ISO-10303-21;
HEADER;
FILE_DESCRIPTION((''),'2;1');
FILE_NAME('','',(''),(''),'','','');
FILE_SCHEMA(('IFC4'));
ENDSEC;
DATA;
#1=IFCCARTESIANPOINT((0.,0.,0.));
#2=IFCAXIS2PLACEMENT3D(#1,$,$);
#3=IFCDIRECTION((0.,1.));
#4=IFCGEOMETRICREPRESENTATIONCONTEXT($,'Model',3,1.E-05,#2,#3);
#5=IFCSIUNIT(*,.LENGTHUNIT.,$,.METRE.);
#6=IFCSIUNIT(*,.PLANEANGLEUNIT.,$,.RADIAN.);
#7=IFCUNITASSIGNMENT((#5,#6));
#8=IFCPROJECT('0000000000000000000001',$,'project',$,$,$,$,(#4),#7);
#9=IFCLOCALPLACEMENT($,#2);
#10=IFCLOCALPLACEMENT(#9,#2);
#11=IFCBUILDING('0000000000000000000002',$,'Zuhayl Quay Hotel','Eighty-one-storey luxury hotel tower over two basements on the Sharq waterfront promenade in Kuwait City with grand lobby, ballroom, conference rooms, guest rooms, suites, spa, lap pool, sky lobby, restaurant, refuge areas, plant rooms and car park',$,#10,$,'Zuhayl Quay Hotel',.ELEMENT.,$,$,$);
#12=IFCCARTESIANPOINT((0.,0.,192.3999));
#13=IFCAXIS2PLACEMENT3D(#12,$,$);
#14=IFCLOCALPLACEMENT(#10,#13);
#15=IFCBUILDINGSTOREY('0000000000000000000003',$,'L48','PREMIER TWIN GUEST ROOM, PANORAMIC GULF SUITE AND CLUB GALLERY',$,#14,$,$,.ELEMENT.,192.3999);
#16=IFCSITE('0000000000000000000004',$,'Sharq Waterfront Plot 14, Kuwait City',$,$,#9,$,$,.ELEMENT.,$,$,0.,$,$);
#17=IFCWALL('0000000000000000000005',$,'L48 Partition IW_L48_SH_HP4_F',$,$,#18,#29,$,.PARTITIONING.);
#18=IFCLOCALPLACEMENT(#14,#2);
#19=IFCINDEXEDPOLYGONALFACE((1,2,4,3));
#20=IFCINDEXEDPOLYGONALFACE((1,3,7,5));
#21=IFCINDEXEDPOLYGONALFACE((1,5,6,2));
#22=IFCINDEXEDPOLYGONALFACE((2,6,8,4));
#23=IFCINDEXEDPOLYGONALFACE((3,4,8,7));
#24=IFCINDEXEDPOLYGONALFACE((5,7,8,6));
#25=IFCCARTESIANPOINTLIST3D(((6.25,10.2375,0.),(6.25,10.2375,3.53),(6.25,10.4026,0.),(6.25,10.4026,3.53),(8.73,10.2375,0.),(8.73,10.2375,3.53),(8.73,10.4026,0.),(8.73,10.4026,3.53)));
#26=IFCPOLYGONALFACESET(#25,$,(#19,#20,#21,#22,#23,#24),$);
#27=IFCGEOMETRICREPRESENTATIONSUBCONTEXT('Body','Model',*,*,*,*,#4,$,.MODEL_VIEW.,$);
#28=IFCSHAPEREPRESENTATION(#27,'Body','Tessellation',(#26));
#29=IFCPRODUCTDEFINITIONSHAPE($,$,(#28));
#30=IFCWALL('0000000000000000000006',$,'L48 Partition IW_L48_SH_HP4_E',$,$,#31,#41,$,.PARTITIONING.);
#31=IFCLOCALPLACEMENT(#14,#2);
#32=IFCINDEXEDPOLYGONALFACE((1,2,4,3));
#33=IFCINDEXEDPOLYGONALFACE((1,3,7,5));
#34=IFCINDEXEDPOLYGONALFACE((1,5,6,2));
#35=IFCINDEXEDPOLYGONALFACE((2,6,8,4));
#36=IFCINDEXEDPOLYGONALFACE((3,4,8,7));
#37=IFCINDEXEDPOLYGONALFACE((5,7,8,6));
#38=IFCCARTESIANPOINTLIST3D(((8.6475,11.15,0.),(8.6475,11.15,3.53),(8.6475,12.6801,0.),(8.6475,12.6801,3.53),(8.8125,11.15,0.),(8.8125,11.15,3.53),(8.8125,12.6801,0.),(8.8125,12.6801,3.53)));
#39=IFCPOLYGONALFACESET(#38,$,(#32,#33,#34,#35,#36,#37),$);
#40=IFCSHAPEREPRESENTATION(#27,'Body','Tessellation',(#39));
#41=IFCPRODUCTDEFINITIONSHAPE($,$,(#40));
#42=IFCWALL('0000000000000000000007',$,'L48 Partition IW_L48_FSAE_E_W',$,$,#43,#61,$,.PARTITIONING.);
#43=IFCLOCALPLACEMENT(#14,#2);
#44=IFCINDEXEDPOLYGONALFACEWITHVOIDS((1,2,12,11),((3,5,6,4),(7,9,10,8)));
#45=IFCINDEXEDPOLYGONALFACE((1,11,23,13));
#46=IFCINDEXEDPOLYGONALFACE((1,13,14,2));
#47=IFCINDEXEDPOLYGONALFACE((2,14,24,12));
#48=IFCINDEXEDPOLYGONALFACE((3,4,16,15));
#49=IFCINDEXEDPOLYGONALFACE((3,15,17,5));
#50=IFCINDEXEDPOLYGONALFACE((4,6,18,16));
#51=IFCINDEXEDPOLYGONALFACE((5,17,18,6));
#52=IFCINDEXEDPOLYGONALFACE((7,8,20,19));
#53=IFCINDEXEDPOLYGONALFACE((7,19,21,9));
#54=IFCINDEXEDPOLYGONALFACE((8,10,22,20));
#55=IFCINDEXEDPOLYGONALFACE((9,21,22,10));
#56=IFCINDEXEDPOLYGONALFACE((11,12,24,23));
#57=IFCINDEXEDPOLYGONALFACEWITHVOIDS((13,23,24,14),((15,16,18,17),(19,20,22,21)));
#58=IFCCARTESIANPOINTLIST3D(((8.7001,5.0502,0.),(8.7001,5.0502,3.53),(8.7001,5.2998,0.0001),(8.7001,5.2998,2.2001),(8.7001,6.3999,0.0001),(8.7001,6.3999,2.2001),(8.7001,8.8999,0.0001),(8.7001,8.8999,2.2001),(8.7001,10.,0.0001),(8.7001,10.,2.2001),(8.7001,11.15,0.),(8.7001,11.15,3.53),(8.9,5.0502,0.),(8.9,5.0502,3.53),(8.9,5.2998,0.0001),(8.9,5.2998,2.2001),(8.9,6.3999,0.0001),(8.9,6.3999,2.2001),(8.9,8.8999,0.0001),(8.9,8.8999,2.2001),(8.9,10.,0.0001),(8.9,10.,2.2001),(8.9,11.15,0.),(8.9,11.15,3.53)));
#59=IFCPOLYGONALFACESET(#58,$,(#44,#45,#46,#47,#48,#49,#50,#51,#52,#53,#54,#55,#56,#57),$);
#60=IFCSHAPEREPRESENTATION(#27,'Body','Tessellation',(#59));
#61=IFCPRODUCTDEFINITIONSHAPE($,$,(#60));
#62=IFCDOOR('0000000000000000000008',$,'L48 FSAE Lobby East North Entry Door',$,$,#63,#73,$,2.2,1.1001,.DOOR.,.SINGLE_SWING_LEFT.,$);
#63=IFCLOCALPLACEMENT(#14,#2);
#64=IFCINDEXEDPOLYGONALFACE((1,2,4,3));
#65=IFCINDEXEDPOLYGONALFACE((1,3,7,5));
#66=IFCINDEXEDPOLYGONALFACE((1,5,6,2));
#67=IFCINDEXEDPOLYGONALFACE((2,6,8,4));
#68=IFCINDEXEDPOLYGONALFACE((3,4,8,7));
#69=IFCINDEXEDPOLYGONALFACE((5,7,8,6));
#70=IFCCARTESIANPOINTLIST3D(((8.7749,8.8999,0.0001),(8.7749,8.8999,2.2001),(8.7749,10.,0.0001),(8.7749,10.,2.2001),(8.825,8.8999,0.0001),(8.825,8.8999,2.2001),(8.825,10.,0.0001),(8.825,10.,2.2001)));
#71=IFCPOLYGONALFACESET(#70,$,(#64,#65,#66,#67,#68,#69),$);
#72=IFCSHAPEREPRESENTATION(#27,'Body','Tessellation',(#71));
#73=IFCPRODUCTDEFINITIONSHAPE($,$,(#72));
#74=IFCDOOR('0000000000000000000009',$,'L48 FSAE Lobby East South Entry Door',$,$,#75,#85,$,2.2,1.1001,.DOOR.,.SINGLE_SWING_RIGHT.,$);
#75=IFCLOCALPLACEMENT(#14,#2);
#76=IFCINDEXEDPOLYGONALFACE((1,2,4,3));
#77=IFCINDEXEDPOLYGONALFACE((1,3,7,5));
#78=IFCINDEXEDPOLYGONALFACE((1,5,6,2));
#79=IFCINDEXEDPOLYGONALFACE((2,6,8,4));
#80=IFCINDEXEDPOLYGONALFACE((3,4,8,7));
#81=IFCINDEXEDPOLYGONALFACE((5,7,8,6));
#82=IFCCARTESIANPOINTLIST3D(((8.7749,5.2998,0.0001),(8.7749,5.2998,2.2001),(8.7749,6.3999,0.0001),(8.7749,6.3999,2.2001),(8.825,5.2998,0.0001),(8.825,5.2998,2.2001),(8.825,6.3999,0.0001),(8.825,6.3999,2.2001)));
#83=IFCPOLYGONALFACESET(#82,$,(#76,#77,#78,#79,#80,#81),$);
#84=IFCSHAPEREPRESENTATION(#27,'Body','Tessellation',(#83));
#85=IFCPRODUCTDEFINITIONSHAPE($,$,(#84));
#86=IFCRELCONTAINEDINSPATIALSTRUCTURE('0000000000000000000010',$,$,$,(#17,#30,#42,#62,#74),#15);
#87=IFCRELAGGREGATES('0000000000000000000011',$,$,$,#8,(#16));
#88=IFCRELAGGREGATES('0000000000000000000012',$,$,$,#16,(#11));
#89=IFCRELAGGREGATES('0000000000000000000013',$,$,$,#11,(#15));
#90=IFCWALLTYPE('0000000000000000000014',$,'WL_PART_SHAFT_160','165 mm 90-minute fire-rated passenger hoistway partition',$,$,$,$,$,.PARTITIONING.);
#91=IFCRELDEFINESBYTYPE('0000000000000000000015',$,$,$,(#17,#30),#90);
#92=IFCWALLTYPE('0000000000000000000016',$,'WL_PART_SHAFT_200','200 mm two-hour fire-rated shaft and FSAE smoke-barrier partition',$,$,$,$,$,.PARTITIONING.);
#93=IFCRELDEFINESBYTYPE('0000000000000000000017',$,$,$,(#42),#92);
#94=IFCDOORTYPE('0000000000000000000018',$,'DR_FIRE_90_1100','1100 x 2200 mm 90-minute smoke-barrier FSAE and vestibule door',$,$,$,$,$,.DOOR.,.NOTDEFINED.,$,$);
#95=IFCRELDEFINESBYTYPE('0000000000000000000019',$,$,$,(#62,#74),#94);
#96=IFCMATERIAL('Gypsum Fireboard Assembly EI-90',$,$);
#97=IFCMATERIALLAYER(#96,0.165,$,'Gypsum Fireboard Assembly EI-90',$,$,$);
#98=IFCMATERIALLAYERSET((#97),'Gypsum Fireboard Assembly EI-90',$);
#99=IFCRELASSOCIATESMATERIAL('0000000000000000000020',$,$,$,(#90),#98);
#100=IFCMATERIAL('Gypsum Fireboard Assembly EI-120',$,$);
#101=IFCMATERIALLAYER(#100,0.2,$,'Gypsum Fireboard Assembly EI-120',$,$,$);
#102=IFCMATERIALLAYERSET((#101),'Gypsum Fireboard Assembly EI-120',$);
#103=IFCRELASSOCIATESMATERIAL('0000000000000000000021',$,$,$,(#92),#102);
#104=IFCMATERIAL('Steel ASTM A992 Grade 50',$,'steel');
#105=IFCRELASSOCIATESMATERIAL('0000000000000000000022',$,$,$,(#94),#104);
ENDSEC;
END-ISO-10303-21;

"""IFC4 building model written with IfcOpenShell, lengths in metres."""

from ifc_helpers import new_model, si_unit, direction, frame, frame_2d, origin, place, context, subcontext, project, spatial, rectangle, extrude, material, layer, layer_set, type_object, element, fill, save


model = new_model("IFC4")

# Units and contexts
model_context = context("Model", 3, precision=1e-05, world=origin(), true_north=direction((0.0, 1.0)))
body_context = subcontext(model_context, "Body", "Model", "MODEL_VIEW")
ifc_project = project(units=[si_unit("LENGTHUNIT", "METRE"), si_unit("PLANEANGLEUNIT", "RADIAN")], contexts=[model_context])

# Site, building, storey
site_placement = place(None, origin())
site = spatial("IfcSite", under=ifc_project, at=site_placement, Name="Sharq Waterfront Plot 14, Kuwait City", CompositionType="ELEMENT", RefElevation=0.0)
building_placement = place(site_placement, origin())
building = spatial("IfcBuilding", under=site, at=building_placement, Name="Zuhayl Quay Hotel", Description="Eighty-one-storey luxury hotel tower over two basements on the Sharq waterfront promenade in Kuwait City with grand lobby, ballroom, conference rooms, guest rooms, suites, spa, lap pool, sky lobby, restaurant, refuge areas, plant rooms and car park", LongName="Zuhayl Quay Hotel", CompositionType="ELEMENT")
storey_placement = place(building_placement, frame((0.0, 0.0, 192.3999)))
storey = spatial("IfcBuildingStorey", under=building, at=storey_placement, Name="L48", Description="PREMIER TWIN GUEST ROOM, PANORAMIC GULF SUITE AND CLUB GALLERY", CompositionType="ELEMENT", Elevation=192.3999)

# Shared definitions
ifc_material_1 = material(Name="Steel ASTM A992 Grade 50", Category="steel")

# Shared definitions
ifc_material_2 = material(Name="Gypsum Fireboard Assembly EI-90")
ifc_layer_1 = layer(ifc_material_2, 0.165, Name="Gypsum Fireboard Assembly EI-90")
ifc_layer_set_1 = layer_set([ifc_layer_1], Name="Gypsum Fireboard Assembly EI-90")
wall_type_1 = type_object("IfcWallType", Name="WL_PART_SHAFT_160", Description="165 mm 90-minute fire-rated passenger hoistway partition", PredefinedType="PARTITIONING", material=ifc_layer_set_1)

# Walls
wall_1_placement = place(storey_placement, frame((6.25, 10.3201, 0.0), z_axis=(0.0, 0.0, 1.0), x_axis=(1.0, 0.0, 0.0)))
element("IfcWall", 1, at=wall_1_placement, inside=storey, type_object=wall_type_1, Name="L48 Partition IW_L48_SH_HP4_F", PredefinedType="PARTITIONING", context=body_context, shape_type="SweptSolid", body=[
    extrude(rectangle(XDim=2.48, YDim=0.165, at=frame_2d((1.24, 0.0))), origin(), (0.0, 0.0, 1.0), 3.53),
])
wall_2_placement = place(storey_placement, frame((8.73, 11.1499, 0.0), z_axis=(0.0, 0.0, 1.0), x_axis=(0.0, 1.0, 0.0)))
element("IfcWall", 2, at=wall_2_placement, inside=storey, type_object=wall_type_1, Name="L48 Partition IW_L48_SH_HP4_E", PredefinedType="PARTITIONING", context=body_context, shape_type="SweptSolid", body=[
    extrude(rectangle(XDim=1.53, YDim=0.165, at=frame_2d((0.7651, 0.0))), origin(), (0.0, 0.0, 1.0), 3.53),
])

# Wall, openings, doors
ifc_material_3 = material(Name="Gypsum Fireboard Assembly EI-120")
ifc_layer_2 = layer(ifc_material_3, 0.2, Name="Gypsum Fireboard Assembly EI-120")
ifc_layer_set_2 = layer_set([ifc_layer_2], Name="Gypsum Fireboard Assembly EI-120")
wall_type_2 = type_object("IfcWallType", Name="WL_PART_SHAFT_200", Description="200 mm two-hour fire-rated shaft and FSAE smoke-barrier partition", PredefinedType="PARTITIONING", material=ifc_layer_set_2)
wall_3_placement = place(storey_placement, frame((8.8, 11.1499, 0.0), z_axis=(0.0, 0.0, 1.0), x_axis=(0.0, -1.0, 0.0)))
wall_3 = element("IfcWall", 3, at=wall_3_placement, inside=storey, type_object=wall_type_2, Name="L48 Partition IW_L48_FSAE_E_W", PredefinedType="PARTITIONING", context=body_context, shape_type="SweptSolid", body=[
    extrude(rectangle(XDim=6.0999, YDim=0.2, at=frame_2d((3.0498, 0.0))), origin(), (0.0, 0.0, 1.0), 3.53),
])
opening_1_placement = place(wall_3_placement, frame((1.1499, 0.0, 0.0)))
opening_1 = element("IfcOpeningElement", 4, at=opening_1_placement, cuts=wall_3, PredefinedType="OPENING", context=body_context, shape_type="SweptSolid", body=[
    extrude(rectangle(XDim=1.1001, YDim=2.2, at=frame_2d((0.55, 1.1001))), frame((0.0, 0.1099, 0.0), z_axis=(0.0, -1.0, 0.0), x_axis=(1.0, 0.0, 0.0)), (0.0, 0.0, 1.0), 0.22),
])
opening_2_placement = place(wall_3_placement, frame((4.75, 0.0, 0.0)))
opening_2 = element("IfcOpeningElement", 5, at=opening_2_placement, cuts=wall_3, PredefinedType="OPENING", context=body_context, shape_type="SweptSolid", body=[
    extrude(rectangle(XDim=1.1001, YDim=2.2, at=frame_2d((0.55, 1.1001))), frame((0.0, 0.1099, 0.0), z_axis=(0.0, -1.0, 0.0), x_axis=(1.0, 0.0, 0.0)), (0.0, 0.0, 1.0), 0.22),
])
door_type_1 = type_object("IfcDoorType", Name="DR_FIRE_90_1100", Description="1100 x 2200 mm 90-minute smoke-barrier FSAE and vestibule door", OperationType="NOTDEFINED", PredefinedType="DOOR", material=ifc_material_1)
door_1_placement = place(opening_1_placement, origin())
door_1 = element("IfcDoor", 6, at=door_1_placement, inside=storey, type_object=door_type_1, Name="L48 FSAE Lobby East North Entry Door", OperationType="SINGLE_SWING_LEFT", OverallHeight=2.2, OverallWidth=1.1001, PredefinedType="DOOR", context=body_context, shape_type="SweptSolid", body=[
    extrude(rectangle(XDim=1.1001, YDim=2.2, at=frame_2d((0.55, 1.1001))), frame((0.0, 0.0249, 0.0), z_axis=(0.0, -1.0, 0.0), x_axis=(1.0, 0.0, 0.0)), (0.0, 0.0, 1.0), 0.05),
])
fill(opening_1, door_1)
door_2_placement = place(opening_2_placement, origin())
door_2 = element("IfcDoor", 7, at=door_2_placement, inside=storey, type_object=door_type_1, Name="L48 FSAE Lobby East South Entry Door", OperationType="SINGLE_SWING_RIGHT", OverallHeight=2.2, OverallWidth=1.1001, PredefinedType="DOOR", context=body_context, shape_type="SweptSolid", body=[
    extrude(rectangle(XDim=1.1001, YDim=2.2, at=frame_2d((0.55, 1.1001))), frame((0.0, 0.0249, 0.0), z_axis=(0.0, -1.0, 0.0), x_axis=(1.0, 0.0, 0.0)), (0.0, 0.0, 1.0), 0.05),
])
fill(opening_2, door_2)

save(model, "model.ifc")
